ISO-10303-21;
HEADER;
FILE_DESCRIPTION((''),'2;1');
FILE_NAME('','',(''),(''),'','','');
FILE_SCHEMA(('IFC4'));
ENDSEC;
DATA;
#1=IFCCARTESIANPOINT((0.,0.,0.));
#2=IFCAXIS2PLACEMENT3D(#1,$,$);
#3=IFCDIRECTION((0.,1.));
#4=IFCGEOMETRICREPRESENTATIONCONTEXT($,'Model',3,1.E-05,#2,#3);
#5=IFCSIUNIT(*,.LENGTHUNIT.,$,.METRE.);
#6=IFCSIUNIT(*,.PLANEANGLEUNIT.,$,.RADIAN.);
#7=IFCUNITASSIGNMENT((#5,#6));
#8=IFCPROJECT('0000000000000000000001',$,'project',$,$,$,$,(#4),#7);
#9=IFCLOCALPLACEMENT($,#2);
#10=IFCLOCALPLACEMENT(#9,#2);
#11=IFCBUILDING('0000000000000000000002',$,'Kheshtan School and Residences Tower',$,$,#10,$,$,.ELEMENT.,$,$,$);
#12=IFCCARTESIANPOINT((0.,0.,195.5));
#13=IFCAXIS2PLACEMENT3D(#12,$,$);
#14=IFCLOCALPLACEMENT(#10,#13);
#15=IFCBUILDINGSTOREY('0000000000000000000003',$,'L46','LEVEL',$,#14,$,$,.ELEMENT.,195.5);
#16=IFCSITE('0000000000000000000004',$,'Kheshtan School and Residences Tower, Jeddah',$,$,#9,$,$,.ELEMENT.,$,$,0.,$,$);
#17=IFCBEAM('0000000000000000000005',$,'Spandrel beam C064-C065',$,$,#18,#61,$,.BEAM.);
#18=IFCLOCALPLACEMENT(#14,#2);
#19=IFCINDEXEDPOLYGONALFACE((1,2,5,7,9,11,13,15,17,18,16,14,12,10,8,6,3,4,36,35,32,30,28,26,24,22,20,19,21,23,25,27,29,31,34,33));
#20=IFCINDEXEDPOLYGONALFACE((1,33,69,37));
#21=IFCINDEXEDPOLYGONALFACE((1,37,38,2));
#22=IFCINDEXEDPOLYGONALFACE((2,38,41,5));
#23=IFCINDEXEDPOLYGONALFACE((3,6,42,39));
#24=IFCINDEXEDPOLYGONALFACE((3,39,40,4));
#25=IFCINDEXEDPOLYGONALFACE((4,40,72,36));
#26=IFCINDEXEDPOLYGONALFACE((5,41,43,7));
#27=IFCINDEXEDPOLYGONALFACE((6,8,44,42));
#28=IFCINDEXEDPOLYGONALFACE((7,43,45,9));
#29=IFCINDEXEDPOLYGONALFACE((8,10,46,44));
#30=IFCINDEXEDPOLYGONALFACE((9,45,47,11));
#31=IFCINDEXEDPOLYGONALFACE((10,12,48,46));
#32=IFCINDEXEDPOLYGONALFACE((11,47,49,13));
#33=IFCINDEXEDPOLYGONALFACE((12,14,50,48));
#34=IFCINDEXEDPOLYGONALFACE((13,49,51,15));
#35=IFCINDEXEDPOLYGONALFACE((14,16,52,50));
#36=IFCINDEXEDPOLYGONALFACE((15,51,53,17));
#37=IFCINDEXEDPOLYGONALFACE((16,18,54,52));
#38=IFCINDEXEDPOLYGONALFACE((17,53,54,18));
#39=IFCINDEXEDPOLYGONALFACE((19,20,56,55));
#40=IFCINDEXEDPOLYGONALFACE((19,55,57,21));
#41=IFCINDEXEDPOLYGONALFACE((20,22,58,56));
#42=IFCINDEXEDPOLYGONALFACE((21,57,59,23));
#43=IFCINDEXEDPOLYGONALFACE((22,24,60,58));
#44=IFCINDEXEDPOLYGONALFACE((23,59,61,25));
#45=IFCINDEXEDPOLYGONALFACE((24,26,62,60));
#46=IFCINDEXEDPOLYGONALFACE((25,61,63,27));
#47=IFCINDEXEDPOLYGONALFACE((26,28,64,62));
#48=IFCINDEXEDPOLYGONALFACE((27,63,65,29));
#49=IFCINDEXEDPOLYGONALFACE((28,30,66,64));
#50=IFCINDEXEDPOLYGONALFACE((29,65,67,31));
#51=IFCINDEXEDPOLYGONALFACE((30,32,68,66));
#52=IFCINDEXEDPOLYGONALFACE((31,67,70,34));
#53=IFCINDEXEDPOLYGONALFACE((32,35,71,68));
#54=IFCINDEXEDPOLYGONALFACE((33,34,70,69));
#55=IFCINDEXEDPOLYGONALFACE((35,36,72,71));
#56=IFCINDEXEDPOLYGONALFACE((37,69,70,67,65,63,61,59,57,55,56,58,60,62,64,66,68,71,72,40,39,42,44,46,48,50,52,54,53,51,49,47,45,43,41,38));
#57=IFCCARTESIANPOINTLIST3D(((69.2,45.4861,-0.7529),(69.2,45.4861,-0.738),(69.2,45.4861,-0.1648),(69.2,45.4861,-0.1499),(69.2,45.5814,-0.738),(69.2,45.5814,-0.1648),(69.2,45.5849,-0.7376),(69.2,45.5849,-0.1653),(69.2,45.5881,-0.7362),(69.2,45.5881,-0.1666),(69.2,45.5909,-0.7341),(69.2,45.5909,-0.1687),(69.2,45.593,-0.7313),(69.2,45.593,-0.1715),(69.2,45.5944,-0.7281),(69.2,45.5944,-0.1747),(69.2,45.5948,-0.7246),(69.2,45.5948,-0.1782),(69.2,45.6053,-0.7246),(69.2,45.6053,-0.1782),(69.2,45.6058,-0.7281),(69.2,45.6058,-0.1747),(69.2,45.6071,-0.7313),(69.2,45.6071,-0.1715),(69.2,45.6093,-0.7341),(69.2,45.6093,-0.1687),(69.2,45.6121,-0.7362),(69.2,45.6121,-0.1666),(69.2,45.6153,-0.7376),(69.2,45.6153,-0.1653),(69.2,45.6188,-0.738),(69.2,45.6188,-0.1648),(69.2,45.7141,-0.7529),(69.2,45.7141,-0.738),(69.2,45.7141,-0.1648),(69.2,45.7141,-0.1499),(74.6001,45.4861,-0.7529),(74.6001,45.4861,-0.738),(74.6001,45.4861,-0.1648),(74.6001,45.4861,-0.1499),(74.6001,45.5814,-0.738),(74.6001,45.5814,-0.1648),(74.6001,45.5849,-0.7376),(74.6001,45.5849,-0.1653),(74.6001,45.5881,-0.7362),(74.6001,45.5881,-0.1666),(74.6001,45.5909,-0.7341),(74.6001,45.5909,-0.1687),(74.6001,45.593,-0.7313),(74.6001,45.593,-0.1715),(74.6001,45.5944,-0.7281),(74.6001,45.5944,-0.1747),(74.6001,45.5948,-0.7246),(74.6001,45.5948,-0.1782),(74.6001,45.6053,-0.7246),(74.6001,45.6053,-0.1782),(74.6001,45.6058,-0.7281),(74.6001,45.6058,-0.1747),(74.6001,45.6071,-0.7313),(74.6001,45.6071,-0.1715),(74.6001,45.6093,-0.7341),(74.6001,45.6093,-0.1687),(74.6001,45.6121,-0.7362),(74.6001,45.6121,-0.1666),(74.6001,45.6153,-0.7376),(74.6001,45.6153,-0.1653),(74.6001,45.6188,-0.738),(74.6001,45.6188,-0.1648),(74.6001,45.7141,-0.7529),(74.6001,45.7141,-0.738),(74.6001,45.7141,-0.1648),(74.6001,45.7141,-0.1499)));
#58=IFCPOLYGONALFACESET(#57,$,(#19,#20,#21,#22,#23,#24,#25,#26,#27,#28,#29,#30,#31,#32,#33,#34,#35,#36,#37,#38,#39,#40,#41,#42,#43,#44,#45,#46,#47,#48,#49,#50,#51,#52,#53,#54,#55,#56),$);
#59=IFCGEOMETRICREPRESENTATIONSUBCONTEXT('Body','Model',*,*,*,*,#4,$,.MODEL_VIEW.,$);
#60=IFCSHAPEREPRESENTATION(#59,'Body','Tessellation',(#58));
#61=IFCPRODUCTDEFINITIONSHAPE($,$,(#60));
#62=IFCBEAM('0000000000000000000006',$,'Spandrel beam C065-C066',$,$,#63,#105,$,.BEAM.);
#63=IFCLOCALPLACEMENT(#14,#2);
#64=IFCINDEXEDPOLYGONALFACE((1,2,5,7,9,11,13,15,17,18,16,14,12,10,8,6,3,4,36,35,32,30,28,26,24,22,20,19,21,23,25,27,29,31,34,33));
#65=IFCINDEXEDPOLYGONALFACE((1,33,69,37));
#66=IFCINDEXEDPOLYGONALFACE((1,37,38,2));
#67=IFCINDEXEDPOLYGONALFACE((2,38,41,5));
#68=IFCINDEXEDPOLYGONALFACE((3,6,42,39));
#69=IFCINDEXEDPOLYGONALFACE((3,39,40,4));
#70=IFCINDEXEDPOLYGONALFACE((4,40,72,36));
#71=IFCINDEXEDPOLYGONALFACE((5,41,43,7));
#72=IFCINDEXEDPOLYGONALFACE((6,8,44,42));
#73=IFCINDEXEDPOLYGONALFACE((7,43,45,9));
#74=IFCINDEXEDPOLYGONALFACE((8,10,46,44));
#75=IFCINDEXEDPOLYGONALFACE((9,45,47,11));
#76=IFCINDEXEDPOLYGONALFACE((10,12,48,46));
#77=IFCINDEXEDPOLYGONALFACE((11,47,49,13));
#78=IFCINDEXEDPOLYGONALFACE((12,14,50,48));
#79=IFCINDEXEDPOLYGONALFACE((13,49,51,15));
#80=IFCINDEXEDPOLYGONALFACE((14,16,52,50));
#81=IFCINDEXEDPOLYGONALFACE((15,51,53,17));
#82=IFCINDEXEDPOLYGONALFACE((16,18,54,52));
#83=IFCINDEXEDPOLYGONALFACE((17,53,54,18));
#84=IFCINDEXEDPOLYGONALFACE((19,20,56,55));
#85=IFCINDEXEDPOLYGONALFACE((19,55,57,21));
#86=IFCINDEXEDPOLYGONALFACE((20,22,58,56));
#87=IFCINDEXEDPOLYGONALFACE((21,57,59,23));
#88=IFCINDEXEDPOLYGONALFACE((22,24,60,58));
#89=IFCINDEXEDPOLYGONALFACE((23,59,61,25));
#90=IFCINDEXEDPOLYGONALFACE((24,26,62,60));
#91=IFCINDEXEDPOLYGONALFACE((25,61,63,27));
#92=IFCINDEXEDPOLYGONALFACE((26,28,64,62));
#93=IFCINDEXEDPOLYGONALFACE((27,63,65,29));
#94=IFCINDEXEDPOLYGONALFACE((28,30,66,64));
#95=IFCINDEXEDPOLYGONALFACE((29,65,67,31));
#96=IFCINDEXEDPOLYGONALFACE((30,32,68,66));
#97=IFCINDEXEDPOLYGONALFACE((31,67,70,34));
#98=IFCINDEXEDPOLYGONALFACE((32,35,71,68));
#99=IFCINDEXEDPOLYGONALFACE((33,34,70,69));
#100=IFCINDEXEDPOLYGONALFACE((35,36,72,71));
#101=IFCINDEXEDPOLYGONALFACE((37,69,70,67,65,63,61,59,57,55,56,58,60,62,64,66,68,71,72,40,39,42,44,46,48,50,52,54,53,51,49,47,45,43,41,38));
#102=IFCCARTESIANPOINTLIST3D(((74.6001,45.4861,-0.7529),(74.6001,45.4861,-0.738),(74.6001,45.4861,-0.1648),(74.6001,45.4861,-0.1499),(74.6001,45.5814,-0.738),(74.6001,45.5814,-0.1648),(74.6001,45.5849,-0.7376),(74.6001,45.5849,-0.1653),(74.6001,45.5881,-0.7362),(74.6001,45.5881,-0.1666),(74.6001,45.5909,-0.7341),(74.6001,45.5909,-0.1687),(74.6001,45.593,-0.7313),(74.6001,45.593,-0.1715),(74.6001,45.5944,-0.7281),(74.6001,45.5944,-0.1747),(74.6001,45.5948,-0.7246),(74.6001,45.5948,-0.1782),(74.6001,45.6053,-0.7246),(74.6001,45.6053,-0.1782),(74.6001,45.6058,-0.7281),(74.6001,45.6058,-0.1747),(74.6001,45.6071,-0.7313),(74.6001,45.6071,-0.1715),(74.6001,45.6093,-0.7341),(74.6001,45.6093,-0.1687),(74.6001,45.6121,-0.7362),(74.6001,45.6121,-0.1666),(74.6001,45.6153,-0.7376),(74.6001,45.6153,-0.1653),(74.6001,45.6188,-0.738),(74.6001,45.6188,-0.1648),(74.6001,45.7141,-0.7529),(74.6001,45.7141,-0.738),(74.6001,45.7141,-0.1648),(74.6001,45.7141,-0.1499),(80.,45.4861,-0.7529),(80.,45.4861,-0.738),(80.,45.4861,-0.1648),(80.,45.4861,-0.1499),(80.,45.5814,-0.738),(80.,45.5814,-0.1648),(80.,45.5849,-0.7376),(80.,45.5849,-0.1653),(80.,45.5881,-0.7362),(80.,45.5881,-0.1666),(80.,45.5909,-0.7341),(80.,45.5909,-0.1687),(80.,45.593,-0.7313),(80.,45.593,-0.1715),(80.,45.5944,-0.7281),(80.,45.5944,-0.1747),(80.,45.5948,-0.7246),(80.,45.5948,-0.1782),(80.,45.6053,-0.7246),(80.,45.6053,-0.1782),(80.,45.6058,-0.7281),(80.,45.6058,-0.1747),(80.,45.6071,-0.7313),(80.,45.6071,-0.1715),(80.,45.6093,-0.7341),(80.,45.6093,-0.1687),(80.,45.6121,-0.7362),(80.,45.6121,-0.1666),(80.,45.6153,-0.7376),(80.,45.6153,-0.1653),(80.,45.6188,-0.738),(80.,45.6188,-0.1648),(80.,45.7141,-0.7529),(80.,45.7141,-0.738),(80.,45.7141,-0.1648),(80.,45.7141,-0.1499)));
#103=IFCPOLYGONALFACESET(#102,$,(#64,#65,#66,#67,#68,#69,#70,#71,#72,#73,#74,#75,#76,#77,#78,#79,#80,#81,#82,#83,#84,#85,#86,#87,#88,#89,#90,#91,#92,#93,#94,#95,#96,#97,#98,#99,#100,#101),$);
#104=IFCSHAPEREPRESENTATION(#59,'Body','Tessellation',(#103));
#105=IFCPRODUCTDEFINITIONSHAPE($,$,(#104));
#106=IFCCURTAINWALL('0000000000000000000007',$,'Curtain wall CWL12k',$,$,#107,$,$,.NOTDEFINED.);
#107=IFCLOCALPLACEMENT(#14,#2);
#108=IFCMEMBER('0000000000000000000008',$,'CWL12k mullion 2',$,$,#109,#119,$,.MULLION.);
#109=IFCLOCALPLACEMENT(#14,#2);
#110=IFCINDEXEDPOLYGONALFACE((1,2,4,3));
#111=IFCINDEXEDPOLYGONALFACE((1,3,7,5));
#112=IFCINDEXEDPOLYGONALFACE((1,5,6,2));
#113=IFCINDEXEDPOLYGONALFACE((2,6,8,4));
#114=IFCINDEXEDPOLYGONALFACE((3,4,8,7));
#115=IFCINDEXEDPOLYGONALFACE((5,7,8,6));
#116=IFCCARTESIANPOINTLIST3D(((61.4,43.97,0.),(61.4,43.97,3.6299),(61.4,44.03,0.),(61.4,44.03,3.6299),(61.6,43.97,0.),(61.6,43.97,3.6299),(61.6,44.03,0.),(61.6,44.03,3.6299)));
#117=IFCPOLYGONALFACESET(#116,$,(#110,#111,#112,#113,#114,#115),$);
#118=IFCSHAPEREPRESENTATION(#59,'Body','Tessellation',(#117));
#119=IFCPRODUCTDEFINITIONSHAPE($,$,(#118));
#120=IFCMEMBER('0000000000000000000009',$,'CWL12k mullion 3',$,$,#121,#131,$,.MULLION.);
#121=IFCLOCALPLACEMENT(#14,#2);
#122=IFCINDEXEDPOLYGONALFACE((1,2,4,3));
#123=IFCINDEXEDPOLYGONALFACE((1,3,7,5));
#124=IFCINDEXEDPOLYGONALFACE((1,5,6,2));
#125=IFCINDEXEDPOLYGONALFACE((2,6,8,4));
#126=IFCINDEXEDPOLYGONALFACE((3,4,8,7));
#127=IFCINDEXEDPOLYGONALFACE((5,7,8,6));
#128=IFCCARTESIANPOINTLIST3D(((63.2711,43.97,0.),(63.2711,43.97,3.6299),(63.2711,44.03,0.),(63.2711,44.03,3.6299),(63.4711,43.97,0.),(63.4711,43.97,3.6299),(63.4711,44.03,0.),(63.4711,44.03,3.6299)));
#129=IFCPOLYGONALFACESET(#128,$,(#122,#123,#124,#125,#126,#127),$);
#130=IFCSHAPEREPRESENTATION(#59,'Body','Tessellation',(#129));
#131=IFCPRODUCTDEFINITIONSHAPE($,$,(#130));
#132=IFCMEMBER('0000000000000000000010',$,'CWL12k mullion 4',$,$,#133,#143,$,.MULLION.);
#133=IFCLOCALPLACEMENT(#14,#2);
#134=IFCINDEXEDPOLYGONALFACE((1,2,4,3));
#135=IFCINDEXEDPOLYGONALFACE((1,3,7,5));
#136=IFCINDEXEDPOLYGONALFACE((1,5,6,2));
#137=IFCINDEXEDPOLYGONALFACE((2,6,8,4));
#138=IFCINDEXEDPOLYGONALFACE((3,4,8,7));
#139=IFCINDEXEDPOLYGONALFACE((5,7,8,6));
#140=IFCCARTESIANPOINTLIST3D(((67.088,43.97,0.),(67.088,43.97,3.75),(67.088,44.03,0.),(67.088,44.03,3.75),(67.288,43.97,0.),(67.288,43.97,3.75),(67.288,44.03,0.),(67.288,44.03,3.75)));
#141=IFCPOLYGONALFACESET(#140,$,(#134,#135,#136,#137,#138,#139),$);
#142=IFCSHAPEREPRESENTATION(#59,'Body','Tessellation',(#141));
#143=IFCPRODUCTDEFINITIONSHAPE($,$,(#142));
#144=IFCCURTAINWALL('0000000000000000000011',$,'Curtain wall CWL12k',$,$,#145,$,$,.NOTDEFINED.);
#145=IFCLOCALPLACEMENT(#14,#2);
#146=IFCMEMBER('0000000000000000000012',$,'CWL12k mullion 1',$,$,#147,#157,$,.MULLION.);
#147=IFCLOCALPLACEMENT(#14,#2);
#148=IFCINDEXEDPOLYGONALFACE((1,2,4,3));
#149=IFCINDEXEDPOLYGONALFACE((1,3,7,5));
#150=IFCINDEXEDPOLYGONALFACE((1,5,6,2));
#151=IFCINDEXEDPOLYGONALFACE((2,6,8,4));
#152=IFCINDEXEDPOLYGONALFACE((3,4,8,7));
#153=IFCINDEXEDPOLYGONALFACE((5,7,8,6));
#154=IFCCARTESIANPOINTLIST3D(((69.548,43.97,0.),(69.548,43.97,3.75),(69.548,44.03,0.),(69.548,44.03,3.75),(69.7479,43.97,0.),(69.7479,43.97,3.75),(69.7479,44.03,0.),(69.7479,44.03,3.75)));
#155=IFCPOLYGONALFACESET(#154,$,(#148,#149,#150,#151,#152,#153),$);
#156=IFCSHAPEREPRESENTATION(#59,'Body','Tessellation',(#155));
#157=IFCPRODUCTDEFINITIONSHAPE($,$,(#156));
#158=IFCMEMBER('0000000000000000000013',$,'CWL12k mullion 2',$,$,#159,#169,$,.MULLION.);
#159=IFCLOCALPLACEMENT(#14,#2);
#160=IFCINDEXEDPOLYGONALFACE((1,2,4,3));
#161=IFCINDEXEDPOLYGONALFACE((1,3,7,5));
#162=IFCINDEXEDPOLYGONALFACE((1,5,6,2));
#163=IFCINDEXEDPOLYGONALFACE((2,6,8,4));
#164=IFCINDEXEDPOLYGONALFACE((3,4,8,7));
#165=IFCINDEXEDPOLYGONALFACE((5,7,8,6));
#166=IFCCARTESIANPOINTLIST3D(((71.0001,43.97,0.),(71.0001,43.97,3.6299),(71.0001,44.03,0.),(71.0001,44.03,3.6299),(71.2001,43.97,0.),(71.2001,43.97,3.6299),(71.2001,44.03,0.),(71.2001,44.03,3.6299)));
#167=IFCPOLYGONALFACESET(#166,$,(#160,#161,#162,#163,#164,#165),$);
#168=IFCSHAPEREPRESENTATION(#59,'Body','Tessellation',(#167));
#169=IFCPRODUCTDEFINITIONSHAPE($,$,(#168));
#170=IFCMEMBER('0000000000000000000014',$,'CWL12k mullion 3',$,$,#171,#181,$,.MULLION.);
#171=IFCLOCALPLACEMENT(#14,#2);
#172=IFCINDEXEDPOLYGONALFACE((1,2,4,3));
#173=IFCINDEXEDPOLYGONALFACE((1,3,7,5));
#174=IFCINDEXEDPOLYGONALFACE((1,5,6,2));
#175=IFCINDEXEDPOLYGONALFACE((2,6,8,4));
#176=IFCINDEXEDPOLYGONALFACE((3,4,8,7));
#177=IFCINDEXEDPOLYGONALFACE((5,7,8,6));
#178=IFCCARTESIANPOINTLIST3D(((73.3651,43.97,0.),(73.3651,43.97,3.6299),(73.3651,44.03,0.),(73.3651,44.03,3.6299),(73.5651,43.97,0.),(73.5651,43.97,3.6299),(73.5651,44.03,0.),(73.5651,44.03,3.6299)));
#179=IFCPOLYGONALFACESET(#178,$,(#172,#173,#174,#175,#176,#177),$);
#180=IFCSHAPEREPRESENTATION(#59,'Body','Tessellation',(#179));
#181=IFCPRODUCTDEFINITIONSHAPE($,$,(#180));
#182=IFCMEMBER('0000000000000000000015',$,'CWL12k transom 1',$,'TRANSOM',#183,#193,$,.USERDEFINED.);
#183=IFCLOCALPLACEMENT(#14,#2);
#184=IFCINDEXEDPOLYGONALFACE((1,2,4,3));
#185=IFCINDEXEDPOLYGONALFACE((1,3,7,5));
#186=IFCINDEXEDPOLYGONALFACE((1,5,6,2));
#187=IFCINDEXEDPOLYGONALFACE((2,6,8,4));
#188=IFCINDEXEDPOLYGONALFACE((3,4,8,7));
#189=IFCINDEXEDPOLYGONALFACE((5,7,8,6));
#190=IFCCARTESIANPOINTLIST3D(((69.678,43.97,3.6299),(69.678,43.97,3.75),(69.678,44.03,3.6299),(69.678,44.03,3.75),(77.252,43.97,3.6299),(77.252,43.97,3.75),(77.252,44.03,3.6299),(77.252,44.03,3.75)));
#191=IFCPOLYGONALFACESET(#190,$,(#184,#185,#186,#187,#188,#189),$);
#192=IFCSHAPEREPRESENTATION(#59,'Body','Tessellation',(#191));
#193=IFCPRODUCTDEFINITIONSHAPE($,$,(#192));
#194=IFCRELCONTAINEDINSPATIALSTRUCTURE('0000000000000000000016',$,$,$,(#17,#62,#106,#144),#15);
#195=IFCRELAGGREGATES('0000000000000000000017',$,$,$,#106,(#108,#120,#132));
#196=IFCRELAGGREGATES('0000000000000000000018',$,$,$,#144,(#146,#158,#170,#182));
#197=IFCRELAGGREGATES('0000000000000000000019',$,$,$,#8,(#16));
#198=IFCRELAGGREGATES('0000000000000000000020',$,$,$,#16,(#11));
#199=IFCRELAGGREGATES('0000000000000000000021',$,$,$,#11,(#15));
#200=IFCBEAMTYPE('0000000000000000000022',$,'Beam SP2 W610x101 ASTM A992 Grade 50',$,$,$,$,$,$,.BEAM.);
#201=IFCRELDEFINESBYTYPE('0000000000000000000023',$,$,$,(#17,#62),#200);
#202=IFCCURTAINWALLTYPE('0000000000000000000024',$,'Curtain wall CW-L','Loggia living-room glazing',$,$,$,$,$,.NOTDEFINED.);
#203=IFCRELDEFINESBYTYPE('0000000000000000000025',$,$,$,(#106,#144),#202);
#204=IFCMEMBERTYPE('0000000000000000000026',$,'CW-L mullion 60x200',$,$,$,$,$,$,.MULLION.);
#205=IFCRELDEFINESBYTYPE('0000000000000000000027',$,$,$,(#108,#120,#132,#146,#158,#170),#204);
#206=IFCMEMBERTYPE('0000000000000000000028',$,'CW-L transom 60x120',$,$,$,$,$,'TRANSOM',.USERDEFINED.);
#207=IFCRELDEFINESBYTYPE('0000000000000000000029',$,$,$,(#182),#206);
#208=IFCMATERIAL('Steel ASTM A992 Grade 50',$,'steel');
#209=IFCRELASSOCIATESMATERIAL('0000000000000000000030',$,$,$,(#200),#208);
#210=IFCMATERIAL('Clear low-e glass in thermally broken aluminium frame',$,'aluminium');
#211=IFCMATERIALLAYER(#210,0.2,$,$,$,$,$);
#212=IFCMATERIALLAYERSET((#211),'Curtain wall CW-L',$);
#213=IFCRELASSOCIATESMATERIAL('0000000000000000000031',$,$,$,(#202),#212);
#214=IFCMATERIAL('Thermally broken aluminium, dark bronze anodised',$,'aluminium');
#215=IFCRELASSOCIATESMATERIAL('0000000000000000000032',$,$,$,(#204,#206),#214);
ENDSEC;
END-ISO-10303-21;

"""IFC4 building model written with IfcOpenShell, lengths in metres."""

from ifc_helpers import new_model, si_unit, direction, frame, origin, origin_2d, place, context, subcontext, project, spatial, rectangle, i_section, extrude, material, layer, layer_set, material_profile, profile_set, type_object, element, aggregate, save


model = new_model("IFC4")

# Units and contexts
model_context = context("Model", 3, precision=1e-05, world=origin(), true_north=direction((0.0, 1.0)))
body_context = subcontext(model_context, "Body", "Model", "MODEL_VIEW")
ifc_project = project(units=[si_unit("LENGTHUNIT", "METRE"), si_unit("PLANEANGLEUNIT", "RADIAN")], contexts=[model_context])

# Site, building, storey
site_placement = place(None, origin())
site = spatial("IfcSite", under=ifc_project, at=site_placement, Name="Kheshtan School and Residences Tower, Jeddah", CompositionType="ELEMENT", RefElevation=0.0)
building_placement = place(site_placement, origin())
building = spatial("IfcBuilding", under=site, at=building_placement, Name="Kheshtan School and Residences Tower", CompositionType="ELEMENT")
storey_placement = place(building_placement, frame((0.0, 0.0, 195.5)))
storey = spatial("IfcBuildingStorey", under=building, at=storey_placement, Name="L46", Description="LEVEL", CompositionType="ELEMENT", Elevation=195.5)

# Shared definitions
ifc_material_1 = material(Name="Steel ASTM A992 Grade 50", Category="steel")

# Beams
ifc_material_profile_1 = material_profile(ifc_material_1, i_section(OverallWidth=0.228, OverallDepth=0.603, WebThickness=0.0105, FlangeThickness=0.0149, FilletRadius=0.0134, at=origin_2d()), Name="W610x101")
ifc_profile_set_1 = profile_set([ifc_material_profile_1], Name="Steel ASTM A992 Grade 50")
beam_type_1 = type_object("IfcBeamType", Name="Beam SP2 W610x101 ASTM A992 Grade 50", PredefinedType="BEAM", material=ifc_profile_set_1)
beam_1_placement = place(storey_placement, frame((69.2, 45.6001, -0.4514), z_axis=(1.0, 0.0, 0.0), x_axis=(0.0, 1.0, 0.0)))
element("IfcBeam", 1, at=beam_1_placement, inside=storey, type_object=beam_type_1, Name="Spandrel beam C064-C065", PredefinedType="BEAM", context=body_context, shape_type="SweptSolid", body=[
    extrude(i_section(OverallWidth=0.228, OverallDepth=0.603, WebThickness=0.0105, FlangeThickness=0.0149, FilletRadius=0.0134, at=origin_2d()), origin(), (0.0, 0.0, 1.0), 5.4001),
])
beam_2_placement = place(storey_placement, frame((74.6001, 45.6001, -0.4514), z_axis=(1.0, 0.0, 0.0), x_axis=(0.0, 1.0, 0.0)))
element("IfcBeam", 2, at=beam_2_placement, inside=storey, type_object=beam_type_1, Name="Spandrel beam C065-C066", PredefinedType="BEAM", context=body_context, shape_type="SweptSolid", body=[
    extrude(i_section(OverallWidth=0.228, OverallDepth=0.603, WebThickness=0.0105, FlangeThickness=0.0149, FilletRadius=0.0134, at=origin_2d()), origin(), (0.0, 0.0, 1.0), 5.3999),
])

# Curtain walls, members
ifc_material_2 = material(Name="Clear low-e glass in thermally broken aluminium frame", Category="aluminium")
ifc_layer_1 = layer(ifc_material_2, 0.2)
ifc_layer_set_1 = layer_set([ifc_layer_1], Name="Curtain wall CW-L")
curtain_wall_type = type_object("IfcCurtainWallType", Name="Curtain wall CW-L", Description="Loggia living-room glazing", PredefinedType="NOTDEFINED", material=ifc_layer_set_1)
curtain_wall_1_placement = place(storey_placement, origin())
curtain_wall_1 = element("IfcCurtainWall", 3, at=curtain_wall_1_placement, inside=storey, type_object=curtain_wall_type, Name="Curtain wall CWL12k", PredefinedType="NOTDEFINED")
ifc_material_3 = material(Name="Thermally broken aluminium, dark bronze anodised", Category="aluminium")
ifc_material_profile_2 = material_profile(ifc_material_3, rectangle(XDim=0.0601, YDim=0.2, at=origin_2d()), Name="CW-L mullion 60x200")
ifc_profile_set_2 = profile_set([ifc_material_profile_2], Name="Thermally broken aluminium, dark bronze anodised")
member_type_1 = type_object("IfcMemberType", Name="CW-L mullion 60x200", PredefinedType="MULLION", material=ifc_profile_set_2)
member_1_placement = place(storey_placement, frame((61.5, 44.0, 0.0), z_axis=(0.0, 0.0, 1.0), x_axis=(0.0, 1.0, 0.0)))
member_1 = element("IfcMember", 4, at=member_1_placement, type_object=member_type_1, Name="CWL12k mullion 2", PredefinedType="MULLION", context=body_context, shape_type="SweptSolid", body=[
    extrude(rectangle(XDim=0.0601, YDim=0.2, at=origin_2d()), origin(), (0.0, 0.0, 1.0), 3.6299),
])
member_2_placement = place(storey_placement, frame((63.3711, 44.0, 0.0), z_axis=(0.0, 0.0, 1.0), x_axis=(0.0, 1.0, 0.0)))
member_2 = element("IfcMember", 5, at=member_2_placement, type_object=member_type_1, Name="CWL12k mullion 3", PredefinedType="MULLION", context=body_context, shape_type="SweptSolid", body=[
    extrude(rectangle(XDim=0.0601, YDim=0.2, at=origin_2d()), origin(), (0.0, 0.0, 1.0), 3.6299),
])
member_3_placement = place(storey_placement, frame((67.188, 44.0, 0.0), z_axis=(0.0, 0.0, 1.0), x_axis=(0.0, 1.0, 0.0)))
member_3 = element("IfcMember", 6, at=member_3_placement, type_object=member_type_1, Name="CWL12k mullion 4", PredefinedType="MULLION", context=body_context, shape_type="SweptSolid", body=[
    extrude(rectangle(XDim=0.0601, YDim=0.2, at=origin_2d()), origin(), (0.0, 0.0, 1.0), 3.75),
])
curtain_wall_2_placement = place(storey_placement, origin())
curtain_wall_2 = element("IfcCurtainWall", 7, at=curtain_wall_2_placement, inside=storey, type_object=curtain_wall_type, Name="Curtain wall CWL12k", PredefinedType="NOTDEFINED")
member_4_placement = place(storey_placement, frame((69.6479, 44.0, 0.0), z_axis=(0.0, 0.0, 1.0), x_axis=(0.0, 1.0, 0.0)))
member_4 = element("IfcMember", 8, at=member_4_placement, type_object=member_type_1, Name="CWL12k mullion 1", PredefinedType="MULLION", context=body_context, shape_type="SweptSolid", body=[
    extrude(rectangle(XDim=0.0601, YDim=0.2, at=origin_2d()), origin(), (0.0, 0.0, 1.0), 3.75),
])
member_5_placement = place(storey_placement, frame((71.1001, 44.0, 0.0), z_axis=(0.0, 0.0, 1.0), x_axis=(0.0, 1.0, 0.0)))
member_5 = element("IfcMember", 9, at=member_5_placement, type_object=member_type_1, Name="CWL12k mullion 2", PredefinedType="MULLION", context=body_context, shape_type="SweptSolid", body=[
    extrude(rectangle(XDim=0.0601, YDim=0.2, at=origin_2d()), origin(), (0.0, 0.0, 1.0), 3.6299),
])
member_6_placement = place(storey_placement, frame((73.4651, 44.0, 0.0), z_axis=(0.0, 0.0, 1.0), x_axis=(0.0, 1.0, 0.0)))
member_6 = element("IfcMember", 10, at=member_6_placement, type_object=member_type_1, Name="CWL12k mullion 3", PredefinedType="MULLION", context=body_context, shape_type="SweptSolid", body=[
    extrude(rectangle(XDim=0.0601, YDim=0.2, at=origin_2d()), origin(), (0.0, 0.0, 1.0), 3.6299),
])
ifc_material_profile_3 = material_profile(ifc_material_3, rectangle(XDim=0.0601, YDim=0.1201, at=origin_2d()), Name="CW-L transom 60x120")
ifc_profile_set_3 = profile_set([ifc_material_profile_3], Name="Thermally broken aluminium, dark bronze anodised")
member_type_2 = type_object("IfcMemberType", Name="CW-L transom 60x120", ElementType="TRANSOM", PredefinedType="USERDEFINED", material=ifc_profile_set_3)
member_7_placement = place(storey_placement, frame((69.678, 44.0, 3.6899), z_axis=(1.0, 0.0, 0.0), x_axis=(0.0, 1.0, 0.0)))
member_7 = element("IfcMember", 11, at=member_7_placement, type_object=member_type_2, Name="CWL12k transom 1", ObjectType="TRANSOM", PredefinedType="USERDEFINED", context=body_context, shape_type="SweptSolid", body=[
    extrude(rectangle(XDim=0.0601, YDim=0.1201, at=origin_2d()), origin(), (0.0, 0.0, 1.0), 7.574),
])

aggregate(curtain_wall_1, [member_1, member_2, member_3])
aggregate(curtain_wall_2, [member_4, member_5, member_6, member_7])

save(model, "model.ifc")
